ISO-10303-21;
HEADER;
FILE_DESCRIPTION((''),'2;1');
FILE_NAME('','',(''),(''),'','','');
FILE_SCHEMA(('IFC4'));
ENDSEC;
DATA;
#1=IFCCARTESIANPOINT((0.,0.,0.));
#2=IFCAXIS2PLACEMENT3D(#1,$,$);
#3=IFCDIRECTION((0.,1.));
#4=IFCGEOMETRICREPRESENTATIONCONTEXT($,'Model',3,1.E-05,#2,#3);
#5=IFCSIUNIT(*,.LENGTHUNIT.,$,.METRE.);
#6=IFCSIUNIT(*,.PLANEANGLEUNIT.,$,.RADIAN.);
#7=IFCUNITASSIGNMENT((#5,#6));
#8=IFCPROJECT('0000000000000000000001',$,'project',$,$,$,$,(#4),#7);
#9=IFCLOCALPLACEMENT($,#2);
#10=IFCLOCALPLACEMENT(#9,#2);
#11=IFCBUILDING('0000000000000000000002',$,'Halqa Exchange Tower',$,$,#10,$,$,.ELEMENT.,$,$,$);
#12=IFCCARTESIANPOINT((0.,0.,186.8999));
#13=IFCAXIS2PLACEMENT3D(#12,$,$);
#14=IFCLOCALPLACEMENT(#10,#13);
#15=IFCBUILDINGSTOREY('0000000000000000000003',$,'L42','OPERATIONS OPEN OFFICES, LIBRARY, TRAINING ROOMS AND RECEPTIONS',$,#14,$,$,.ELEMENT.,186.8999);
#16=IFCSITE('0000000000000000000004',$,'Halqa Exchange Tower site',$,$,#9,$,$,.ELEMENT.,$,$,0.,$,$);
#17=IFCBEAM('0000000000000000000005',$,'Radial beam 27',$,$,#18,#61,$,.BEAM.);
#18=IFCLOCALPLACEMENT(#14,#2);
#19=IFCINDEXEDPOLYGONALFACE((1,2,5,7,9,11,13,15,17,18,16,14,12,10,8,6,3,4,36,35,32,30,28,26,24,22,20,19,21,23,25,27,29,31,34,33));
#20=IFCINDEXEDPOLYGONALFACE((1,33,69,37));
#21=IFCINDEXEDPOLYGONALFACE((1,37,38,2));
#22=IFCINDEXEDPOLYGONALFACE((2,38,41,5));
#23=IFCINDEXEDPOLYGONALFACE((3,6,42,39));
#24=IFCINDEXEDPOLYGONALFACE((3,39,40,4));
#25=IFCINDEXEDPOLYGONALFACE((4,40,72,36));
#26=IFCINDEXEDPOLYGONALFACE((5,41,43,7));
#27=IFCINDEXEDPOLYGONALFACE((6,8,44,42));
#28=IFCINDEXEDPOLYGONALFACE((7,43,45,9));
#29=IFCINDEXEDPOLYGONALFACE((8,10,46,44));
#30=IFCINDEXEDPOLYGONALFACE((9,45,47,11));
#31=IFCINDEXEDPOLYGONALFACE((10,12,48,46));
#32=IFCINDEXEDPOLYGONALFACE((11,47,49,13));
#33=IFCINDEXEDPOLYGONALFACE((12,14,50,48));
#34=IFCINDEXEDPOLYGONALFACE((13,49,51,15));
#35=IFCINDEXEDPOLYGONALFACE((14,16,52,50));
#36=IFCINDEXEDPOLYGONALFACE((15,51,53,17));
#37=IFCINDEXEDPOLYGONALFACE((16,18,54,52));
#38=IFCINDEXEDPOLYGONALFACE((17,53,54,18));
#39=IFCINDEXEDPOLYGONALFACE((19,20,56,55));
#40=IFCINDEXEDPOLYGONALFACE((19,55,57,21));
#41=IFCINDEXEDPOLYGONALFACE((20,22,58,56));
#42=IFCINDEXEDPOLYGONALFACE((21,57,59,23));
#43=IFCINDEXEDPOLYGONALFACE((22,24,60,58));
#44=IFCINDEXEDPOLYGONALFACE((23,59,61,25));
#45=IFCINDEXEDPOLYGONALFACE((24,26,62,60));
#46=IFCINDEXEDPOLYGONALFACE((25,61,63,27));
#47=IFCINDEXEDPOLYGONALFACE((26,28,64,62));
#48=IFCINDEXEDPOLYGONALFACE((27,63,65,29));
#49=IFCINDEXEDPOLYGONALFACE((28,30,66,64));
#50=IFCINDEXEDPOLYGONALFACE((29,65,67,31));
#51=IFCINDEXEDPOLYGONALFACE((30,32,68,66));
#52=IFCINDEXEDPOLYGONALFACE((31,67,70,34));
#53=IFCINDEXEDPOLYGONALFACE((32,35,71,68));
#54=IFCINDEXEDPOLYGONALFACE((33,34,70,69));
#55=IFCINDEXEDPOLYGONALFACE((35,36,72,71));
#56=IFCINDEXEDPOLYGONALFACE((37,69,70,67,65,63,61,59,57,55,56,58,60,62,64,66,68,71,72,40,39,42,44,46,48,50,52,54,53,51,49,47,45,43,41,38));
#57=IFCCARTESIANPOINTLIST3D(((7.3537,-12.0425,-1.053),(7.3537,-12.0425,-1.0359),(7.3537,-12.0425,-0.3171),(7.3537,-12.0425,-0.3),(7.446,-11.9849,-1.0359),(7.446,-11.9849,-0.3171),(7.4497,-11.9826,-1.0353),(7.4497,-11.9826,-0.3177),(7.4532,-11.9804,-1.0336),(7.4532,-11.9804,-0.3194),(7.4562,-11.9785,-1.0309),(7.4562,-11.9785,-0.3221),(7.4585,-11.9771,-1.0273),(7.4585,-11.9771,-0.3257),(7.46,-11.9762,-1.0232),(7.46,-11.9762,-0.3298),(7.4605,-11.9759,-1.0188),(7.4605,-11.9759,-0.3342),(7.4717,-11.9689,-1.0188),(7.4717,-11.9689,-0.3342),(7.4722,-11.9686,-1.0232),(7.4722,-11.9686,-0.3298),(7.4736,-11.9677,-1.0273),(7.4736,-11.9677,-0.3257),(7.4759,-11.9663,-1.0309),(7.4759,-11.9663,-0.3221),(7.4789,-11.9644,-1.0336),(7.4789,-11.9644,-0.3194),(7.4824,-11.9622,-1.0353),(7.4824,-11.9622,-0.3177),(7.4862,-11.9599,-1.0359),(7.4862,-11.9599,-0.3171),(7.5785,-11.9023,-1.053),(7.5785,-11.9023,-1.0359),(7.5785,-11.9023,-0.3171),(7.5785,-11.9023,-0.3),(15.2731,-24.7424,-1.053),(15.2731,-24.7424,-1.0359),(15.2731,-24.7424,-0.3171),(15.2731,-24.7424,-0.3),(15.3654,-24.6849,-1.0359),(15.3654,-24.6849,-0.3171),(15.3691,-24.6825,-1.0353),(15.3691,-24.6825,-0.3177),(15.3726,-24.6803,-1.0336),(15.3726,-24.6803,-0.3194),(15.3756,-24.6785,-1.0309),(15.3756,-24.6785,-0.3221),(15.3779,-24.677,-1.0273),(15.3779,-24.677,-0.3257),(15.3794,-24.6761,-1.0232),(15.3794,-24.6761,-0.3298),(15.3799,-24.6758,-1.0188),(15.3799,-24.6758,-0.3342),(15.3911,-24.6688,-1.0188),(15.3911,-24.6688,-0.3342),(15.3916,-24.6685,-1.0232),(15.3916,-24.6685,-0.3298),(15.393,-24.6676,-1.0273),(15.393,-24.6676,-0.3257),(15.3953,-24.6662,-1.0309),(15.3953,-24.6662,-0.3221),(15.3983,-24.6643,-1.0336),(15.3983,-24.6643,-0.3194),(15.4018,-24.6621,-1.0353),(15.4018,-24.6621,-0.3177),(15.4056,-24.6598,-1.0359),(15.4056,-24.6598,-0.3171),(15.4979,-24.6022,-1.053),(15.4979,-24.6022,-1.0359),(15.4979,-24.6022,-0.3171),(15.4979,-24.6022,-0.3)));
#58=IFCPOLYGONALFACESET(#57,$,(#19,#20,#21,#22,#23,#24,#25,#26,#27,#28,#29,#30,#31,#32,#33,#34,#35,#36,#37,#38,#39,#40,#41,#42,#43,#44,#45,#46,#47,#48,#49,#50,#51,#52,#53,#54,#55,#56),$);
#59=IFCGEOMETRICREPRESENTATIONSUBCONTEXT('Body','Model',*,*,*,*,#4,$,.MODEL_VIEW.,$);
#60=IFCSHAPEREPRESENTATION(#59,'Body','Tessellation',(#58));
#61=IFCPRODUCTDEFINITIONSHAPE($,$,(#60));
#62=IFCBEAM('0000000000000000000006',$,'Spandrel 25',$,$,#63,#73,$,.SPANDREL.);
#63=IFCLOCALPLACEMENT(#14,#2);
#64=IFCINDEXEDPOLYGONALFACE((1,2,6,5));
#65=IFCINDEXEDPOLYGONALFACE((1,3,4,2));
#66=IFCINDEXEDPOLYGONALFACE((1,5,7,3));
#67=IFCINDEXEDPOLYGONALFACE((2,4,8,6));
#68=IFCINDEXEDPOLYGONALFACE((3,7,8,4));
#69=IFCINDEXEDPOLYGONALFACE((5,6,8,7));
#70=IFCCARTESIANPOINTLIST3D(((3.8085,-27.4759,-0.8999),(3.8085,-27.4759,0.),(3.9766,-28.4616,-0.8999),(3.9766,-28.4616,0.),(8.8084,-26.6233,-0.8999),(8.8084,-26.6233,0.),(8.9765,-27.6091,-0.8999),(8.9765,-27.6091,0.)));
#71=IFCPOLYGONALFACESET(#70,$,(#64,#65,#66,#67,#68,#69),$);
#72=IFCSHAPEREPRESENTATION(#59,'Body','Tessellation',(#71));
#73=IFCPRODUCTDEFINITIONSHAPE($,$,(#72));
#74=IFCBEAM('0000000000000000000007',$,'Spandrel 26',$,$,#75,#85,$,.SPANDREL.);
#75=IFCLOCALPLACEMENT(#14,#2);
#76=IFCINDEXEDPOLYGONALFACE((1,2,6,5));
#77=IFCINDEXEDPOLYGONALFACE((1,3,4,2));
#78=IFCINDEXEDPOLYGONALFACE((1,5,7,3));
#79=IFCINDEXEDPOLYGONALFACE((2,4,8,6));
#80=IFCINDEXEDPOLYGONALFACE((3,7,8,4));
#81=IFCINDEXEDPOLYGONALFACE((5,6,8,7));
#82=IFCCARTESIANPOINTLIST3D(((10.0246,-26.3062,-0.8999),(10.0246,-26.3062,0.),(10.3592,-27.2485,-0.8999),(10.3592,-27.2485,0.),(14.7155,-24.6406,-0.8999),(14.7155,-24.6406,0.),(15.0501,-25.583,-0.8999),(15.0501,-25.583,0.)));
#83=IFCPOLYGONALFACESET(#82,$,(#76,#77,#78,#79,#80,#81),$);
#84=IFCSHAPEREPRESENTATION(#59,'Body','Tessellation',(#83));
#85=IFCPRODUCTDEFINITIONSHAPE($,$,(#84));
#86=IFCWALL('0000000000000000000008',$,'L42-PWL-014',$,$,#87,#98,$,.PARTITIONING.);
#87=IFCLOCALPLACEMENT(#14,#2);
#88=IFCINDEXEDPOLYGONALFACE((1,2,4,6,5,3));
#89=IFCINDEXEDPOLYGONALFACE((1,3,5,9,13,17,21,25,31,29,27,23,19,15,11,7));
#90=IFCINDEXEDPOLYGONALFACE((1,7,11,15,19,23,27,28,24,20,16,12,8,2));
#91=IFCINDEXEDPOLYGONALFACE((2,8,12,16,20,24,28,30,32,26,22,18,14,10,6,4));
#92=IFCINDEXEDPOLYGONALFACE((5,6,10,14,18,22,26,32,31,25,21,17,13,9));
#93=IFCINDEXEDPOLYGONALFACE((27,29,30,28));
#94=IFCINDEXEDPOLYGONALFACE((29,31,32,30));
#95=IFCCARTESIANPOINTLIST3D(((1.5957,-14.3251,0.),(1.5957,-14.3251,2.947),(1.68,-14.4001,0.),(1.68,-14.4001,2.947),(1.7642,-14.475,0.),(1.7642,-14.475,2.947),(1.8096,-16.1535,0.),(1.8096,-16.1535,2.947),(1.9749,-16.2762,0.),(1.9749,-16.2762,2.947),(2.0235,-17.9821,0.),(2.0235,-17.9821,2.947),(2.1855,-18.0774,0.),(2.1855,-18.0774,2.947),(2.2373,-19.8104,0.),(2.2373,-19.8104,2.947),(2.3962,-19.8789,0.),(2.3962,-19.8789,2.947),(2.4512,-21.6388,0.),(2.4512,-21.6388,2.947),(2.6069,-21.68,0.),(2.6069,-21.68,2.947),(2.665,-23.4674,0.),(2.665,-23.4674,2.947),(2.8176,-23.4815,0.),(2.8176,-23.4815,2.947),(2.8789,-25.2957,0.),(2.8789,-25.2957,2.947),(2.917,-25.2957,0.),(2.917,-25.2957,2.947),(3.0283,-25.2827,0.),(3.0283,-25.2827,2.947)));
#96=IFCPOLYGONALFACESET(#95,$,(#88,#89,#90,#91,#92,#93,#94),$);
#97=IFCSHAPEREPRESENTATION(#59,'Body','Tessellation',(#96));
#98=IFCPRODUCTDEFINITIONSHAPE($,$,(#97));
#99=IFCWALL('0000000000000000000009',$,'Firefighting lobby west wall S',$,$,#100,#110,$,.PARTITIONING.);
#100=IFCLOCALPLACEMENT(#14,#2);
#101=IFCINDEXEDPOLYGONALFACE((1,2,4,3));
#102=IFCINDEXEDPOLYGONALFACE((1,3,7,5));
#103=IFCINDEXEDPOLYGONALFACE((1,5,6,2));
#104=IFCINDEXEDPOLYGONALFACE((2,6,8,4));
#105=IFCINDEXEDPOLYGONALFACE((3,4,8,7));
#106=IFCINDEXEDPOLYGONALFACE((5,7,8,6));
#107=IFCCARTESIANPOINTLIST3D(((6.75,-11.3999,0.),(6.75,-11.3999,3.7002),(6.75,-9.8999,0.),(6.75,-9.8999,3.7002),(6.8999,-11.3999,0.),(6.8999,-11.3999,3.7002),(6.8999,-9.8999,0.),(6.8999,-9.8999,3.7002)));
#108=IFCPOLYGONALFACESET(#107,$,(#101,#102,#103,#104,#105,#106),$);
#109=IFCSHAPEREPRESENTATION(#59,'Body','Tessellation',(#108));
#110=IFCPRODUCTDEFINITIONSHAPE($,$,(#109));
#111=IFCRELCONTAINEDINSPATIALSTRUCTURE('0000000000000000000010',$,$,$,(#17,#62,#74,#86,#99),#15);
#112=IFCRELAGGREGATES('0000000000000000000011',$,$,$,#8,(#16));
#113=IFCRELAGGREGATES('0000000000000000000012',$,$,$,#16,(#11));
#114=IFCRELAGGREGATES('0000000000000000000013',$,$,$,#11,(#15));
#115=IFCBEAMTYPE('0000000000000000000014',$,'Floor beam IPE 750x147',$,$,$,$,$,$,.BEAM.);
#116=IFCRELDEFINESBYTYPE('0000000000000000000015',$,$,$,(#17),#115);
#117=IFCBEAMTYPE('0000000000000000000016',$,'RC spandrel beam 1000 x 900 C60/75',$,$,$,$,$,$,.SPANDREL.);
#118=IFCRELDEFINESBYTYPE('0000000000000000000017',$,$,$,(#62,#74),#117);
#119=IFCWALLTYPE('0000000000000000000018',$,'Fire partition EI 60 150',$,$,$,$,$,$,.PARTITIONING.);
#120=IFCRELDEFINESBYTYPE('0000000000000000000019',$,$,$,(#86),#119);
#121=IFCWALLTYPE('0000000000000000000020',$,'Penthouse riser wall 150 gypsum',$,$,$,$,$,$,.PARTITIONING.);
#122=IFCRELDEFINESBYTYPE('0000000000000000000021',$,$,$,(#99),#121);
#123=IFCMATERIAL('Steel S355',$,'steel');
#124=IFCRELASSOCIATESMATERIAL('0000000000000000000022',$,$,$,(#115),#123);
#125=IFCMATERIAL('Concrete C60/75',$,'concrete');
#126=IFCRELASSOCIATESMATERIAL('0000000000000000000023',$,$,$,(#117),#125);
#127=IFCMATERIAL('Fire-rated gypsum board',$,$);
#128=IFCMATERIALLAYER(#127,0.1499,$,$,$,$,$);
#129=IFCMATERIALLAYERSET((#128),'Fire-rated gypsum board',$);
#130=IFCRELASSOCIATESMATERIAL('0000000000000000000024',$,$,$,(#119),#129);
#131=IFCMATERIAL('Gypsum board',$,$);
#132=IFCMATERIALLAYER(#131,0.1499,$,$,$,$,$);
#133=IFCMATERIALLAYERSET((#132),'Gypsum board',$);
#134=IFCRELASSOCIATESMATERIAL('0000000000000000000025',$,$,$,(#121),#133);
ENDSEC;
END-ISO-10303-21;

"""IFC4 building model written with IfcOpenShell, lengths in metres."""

from ifc_helpers import new_model, si_unit, direction, frame, frame_2d, origin, origin_2d, place, context, subcontext, project, spatial, polyline, rectangle, i_section, outline, extrude, material, layer, layer_set, material_profile, profile_set, type_object, element, save


model = new_model("IFC4")

# Units and contexts
model_context = context("Model", 3, precision=1e-05, world=origin(), true_north=direction((0.0, 1.0)))
body_context = subcontext(model_context, "Body", "Model", "MODEL_VIEW")
ifc_project = project(units=[si_unit("LENGTHUNIT", "METRE"), si_unit("PLANEANGLEUNIT", "RADIAN")], contexts=[model_context])

# Site, building, storey
site_placement = place(None, origin())
site = spatial("IfcSite", under=ifc_project, at=site_placement, Name="Halqa Exchange Tower site", CompositionType="ELEMENT", RefElevation=0.0)
building_placement = place(site_placement, origin())
building = spatial("IfcBuilding", under=site, at=building_placement, Name="Halqa Exchange Tower", CompositionType="ELEMENT")
storey_placement = place(building_placement, frame((0.0, 0.0, 186.8999)))
storey = spatial("IfcBuildingStorey", under=building, at=storey_placement, Name="L42", Description="OPERATIONS OPEN OFFICES, LIBRARY, TRAINING ROOMS AND RECEPTIONS", CompositionType="ELEMENT", Elevation=186.8999)

# Beams
ifc_material_1 = material(Name="Steel S355", Category="steel")
ifc_material_profile_1 = material_profile(ifc_material_1, i_section(OverallWidth=0.2649, OverallDepth=0.7529, WebThickness=0.0132, FlangeThickness=0.0171, FilletRadius=0.0171, at=origin_2d()), Name="IPE 750x147")
ifc_profile_set_1 = profile_set([ifc_material_profile_1], Name="Steel S355")
beam_type_1 = type_object("IfcBeamType", Name="Floor beam IPE 750x147", PredefinedType="BEAM", material=ifc_profile_set_1)
beam_1_placement = place(storey_placement, frame((7.4661, -11.9724, -0.6765), z_axis=(0.529132, -0.848539, 0.0), x_axis=(0.848539, 0.529132, 0.0)))
element("IfcBeam", 1, at=beam_1_placement, inside=storey, type_object=beam_type_1, Name="Radial beam 27", PredefinedType="BEAM", context=body_context, shape_type="SweptSolid", body=[
    extrude(i_section(OverallWidth=0.2649, OverallDepth=0.7529, WebThickness=0.0132, FlangeThickness=0.0171, FilletRadius=0.0171, at=origin_2d()), origin(), (0.0, 0.0, 1.0), 14.9668),
])
ifc_material_2 = material(Name="Concrete C60/75", Category="concrete")
ifc_material_profile_2 = material_profile(ifc_material_2, rectangle(XDim=1.0, YDim=0.8999, at=origin_2d()), Name="1000 x 900")
ifc_profile_set_2 = profile_set([ifc_material_profile_2], Name="Concrete C60/75")
beam_type_2 = type_object("IfcBeamType", Name="RC spandrel beam 1000 x 900 C60/75", PredefinedType="SPANDREL", material=ifc_profile_set_2)
beam_2_placement = place(storey_placement, frame((3.8926, -27.9688, -0.45), z_axis=(0.985772, 0.16809, 0.0), x_axis=(-0.16809, 0.985772, 0.0)))
element("IfcBeam", 2, at=beam_2_placement, inside=storey, type_object=beam_type_2, Name="Spandrel 25", PredefinedType="SPANDREL", context=body_context, shape_type="SweptSolid", body=[
    extrude(rectangle(XDim=1.0, YDim=0.8999, at=origin_2d()), origin(), (0.0, 0.0, 1.0), 5.072),
])
beam_3_placement = place(storey_placement, frame((10.1919, -26.7773, -0.45), z_axis=(0.942364, 0.33459, 0.0), x_axis=(-0.33459, 0.942364, 0.0)))
element("IfcBeam", 3, at=beam_3_placement, inside=storey, type_object=beam_type_2, Name="Spandrel 26", PredefinedType="SPANDREL", context=body_context, shape_type="SweptSolid", body=[
    extrude(rectangle(XDim=1.0, YDim=0.8999, at=origin_2d()), origin(), (0.0, 0.0, 1.0), 4.9778),
])

# Walls
ifc_material_3 = material(Name="Fire-rated gypsum board")
ifc_layer_1 = layer(ifc_material_3, 0.1499)
ifc_layer_set_1 = layer_set([ifc_layer_1], Name="Fire-rated gypsum board")
wall_type_1 = type_object("IfcWallType", Name="Fire partition EI 60 150", PredefinedType="PARTITIONING", material=ifc_layer_set_1)
wall_1_placement = place(storey_placement, frame((1.6702, -14.3164, 0.0), z_axis=(0.0, 0.0, 1.0), x_axis=(0.116172, -0.993229, 0.0)))
element("IfcWall", 4, at=wall_1_placement, inside=storey, type_object=wall_type_1, Name="L42-PWL-014", PredefinedType="PARTITIONING", context=body_context, shape_type="SweptSolid", body=[
    extrude(outline(polyline([(0.0, -0.075), (1.8408, -0.075), (3.6819, -0.075), (5.5227, -0.075), (7.3635, -0.075), (9.2046, -0.075), (11.0454, -0.075), (11.0498, -0.0371), (11.0498, 0.075), (9.2363, 0.075), (7.4226, 0.075), (5.6091, 0.075), (3.7954, 0.075), (1.9819, 0.075), (0.1685, 0.075), (0.0842, 0.0), (0.0, -0.075), (0.0, -0.075)])), origin(), (0.0, 0.0, 1.0), 2.947),
])
ifc_material_4 = material(Name="Gypsum board")
ifc_layer_2 = layer(ifc_material_4, 0.1499)
ifc_layer_set_2 = layer_set([ifc_layer_2], Name="Gypsum board")
wall_type_2 = type_object("IfcWallType", Name="Penthouse riser wall 150 gypsum", PredefinedType="PARTITIONING", material=ifc_layer_set_2)
wall_2_placement = place(storey_placement, frame((6.825, -11.3999, 0.0), z_axis=(0.0, 0.0, 1.0), x_axis=(0.0, 1.0, 0.0)))
element("IfcWall", 5, at=wall_2_placement, inside=storey, type_object=wall_type_2, Name="Firefighting lobby west wall S", PredefinedType="PARTITIONING", context=body_context, shape_type="SweptSolid", body=[
    extrude(rectangle(XDim=1.5, YDim=0.1499, at=frame_2d((0.75, 0.0))), origin(), (0.0, 0.0, 1.0), 3.7002),
])

save(model, "model.ifc")
